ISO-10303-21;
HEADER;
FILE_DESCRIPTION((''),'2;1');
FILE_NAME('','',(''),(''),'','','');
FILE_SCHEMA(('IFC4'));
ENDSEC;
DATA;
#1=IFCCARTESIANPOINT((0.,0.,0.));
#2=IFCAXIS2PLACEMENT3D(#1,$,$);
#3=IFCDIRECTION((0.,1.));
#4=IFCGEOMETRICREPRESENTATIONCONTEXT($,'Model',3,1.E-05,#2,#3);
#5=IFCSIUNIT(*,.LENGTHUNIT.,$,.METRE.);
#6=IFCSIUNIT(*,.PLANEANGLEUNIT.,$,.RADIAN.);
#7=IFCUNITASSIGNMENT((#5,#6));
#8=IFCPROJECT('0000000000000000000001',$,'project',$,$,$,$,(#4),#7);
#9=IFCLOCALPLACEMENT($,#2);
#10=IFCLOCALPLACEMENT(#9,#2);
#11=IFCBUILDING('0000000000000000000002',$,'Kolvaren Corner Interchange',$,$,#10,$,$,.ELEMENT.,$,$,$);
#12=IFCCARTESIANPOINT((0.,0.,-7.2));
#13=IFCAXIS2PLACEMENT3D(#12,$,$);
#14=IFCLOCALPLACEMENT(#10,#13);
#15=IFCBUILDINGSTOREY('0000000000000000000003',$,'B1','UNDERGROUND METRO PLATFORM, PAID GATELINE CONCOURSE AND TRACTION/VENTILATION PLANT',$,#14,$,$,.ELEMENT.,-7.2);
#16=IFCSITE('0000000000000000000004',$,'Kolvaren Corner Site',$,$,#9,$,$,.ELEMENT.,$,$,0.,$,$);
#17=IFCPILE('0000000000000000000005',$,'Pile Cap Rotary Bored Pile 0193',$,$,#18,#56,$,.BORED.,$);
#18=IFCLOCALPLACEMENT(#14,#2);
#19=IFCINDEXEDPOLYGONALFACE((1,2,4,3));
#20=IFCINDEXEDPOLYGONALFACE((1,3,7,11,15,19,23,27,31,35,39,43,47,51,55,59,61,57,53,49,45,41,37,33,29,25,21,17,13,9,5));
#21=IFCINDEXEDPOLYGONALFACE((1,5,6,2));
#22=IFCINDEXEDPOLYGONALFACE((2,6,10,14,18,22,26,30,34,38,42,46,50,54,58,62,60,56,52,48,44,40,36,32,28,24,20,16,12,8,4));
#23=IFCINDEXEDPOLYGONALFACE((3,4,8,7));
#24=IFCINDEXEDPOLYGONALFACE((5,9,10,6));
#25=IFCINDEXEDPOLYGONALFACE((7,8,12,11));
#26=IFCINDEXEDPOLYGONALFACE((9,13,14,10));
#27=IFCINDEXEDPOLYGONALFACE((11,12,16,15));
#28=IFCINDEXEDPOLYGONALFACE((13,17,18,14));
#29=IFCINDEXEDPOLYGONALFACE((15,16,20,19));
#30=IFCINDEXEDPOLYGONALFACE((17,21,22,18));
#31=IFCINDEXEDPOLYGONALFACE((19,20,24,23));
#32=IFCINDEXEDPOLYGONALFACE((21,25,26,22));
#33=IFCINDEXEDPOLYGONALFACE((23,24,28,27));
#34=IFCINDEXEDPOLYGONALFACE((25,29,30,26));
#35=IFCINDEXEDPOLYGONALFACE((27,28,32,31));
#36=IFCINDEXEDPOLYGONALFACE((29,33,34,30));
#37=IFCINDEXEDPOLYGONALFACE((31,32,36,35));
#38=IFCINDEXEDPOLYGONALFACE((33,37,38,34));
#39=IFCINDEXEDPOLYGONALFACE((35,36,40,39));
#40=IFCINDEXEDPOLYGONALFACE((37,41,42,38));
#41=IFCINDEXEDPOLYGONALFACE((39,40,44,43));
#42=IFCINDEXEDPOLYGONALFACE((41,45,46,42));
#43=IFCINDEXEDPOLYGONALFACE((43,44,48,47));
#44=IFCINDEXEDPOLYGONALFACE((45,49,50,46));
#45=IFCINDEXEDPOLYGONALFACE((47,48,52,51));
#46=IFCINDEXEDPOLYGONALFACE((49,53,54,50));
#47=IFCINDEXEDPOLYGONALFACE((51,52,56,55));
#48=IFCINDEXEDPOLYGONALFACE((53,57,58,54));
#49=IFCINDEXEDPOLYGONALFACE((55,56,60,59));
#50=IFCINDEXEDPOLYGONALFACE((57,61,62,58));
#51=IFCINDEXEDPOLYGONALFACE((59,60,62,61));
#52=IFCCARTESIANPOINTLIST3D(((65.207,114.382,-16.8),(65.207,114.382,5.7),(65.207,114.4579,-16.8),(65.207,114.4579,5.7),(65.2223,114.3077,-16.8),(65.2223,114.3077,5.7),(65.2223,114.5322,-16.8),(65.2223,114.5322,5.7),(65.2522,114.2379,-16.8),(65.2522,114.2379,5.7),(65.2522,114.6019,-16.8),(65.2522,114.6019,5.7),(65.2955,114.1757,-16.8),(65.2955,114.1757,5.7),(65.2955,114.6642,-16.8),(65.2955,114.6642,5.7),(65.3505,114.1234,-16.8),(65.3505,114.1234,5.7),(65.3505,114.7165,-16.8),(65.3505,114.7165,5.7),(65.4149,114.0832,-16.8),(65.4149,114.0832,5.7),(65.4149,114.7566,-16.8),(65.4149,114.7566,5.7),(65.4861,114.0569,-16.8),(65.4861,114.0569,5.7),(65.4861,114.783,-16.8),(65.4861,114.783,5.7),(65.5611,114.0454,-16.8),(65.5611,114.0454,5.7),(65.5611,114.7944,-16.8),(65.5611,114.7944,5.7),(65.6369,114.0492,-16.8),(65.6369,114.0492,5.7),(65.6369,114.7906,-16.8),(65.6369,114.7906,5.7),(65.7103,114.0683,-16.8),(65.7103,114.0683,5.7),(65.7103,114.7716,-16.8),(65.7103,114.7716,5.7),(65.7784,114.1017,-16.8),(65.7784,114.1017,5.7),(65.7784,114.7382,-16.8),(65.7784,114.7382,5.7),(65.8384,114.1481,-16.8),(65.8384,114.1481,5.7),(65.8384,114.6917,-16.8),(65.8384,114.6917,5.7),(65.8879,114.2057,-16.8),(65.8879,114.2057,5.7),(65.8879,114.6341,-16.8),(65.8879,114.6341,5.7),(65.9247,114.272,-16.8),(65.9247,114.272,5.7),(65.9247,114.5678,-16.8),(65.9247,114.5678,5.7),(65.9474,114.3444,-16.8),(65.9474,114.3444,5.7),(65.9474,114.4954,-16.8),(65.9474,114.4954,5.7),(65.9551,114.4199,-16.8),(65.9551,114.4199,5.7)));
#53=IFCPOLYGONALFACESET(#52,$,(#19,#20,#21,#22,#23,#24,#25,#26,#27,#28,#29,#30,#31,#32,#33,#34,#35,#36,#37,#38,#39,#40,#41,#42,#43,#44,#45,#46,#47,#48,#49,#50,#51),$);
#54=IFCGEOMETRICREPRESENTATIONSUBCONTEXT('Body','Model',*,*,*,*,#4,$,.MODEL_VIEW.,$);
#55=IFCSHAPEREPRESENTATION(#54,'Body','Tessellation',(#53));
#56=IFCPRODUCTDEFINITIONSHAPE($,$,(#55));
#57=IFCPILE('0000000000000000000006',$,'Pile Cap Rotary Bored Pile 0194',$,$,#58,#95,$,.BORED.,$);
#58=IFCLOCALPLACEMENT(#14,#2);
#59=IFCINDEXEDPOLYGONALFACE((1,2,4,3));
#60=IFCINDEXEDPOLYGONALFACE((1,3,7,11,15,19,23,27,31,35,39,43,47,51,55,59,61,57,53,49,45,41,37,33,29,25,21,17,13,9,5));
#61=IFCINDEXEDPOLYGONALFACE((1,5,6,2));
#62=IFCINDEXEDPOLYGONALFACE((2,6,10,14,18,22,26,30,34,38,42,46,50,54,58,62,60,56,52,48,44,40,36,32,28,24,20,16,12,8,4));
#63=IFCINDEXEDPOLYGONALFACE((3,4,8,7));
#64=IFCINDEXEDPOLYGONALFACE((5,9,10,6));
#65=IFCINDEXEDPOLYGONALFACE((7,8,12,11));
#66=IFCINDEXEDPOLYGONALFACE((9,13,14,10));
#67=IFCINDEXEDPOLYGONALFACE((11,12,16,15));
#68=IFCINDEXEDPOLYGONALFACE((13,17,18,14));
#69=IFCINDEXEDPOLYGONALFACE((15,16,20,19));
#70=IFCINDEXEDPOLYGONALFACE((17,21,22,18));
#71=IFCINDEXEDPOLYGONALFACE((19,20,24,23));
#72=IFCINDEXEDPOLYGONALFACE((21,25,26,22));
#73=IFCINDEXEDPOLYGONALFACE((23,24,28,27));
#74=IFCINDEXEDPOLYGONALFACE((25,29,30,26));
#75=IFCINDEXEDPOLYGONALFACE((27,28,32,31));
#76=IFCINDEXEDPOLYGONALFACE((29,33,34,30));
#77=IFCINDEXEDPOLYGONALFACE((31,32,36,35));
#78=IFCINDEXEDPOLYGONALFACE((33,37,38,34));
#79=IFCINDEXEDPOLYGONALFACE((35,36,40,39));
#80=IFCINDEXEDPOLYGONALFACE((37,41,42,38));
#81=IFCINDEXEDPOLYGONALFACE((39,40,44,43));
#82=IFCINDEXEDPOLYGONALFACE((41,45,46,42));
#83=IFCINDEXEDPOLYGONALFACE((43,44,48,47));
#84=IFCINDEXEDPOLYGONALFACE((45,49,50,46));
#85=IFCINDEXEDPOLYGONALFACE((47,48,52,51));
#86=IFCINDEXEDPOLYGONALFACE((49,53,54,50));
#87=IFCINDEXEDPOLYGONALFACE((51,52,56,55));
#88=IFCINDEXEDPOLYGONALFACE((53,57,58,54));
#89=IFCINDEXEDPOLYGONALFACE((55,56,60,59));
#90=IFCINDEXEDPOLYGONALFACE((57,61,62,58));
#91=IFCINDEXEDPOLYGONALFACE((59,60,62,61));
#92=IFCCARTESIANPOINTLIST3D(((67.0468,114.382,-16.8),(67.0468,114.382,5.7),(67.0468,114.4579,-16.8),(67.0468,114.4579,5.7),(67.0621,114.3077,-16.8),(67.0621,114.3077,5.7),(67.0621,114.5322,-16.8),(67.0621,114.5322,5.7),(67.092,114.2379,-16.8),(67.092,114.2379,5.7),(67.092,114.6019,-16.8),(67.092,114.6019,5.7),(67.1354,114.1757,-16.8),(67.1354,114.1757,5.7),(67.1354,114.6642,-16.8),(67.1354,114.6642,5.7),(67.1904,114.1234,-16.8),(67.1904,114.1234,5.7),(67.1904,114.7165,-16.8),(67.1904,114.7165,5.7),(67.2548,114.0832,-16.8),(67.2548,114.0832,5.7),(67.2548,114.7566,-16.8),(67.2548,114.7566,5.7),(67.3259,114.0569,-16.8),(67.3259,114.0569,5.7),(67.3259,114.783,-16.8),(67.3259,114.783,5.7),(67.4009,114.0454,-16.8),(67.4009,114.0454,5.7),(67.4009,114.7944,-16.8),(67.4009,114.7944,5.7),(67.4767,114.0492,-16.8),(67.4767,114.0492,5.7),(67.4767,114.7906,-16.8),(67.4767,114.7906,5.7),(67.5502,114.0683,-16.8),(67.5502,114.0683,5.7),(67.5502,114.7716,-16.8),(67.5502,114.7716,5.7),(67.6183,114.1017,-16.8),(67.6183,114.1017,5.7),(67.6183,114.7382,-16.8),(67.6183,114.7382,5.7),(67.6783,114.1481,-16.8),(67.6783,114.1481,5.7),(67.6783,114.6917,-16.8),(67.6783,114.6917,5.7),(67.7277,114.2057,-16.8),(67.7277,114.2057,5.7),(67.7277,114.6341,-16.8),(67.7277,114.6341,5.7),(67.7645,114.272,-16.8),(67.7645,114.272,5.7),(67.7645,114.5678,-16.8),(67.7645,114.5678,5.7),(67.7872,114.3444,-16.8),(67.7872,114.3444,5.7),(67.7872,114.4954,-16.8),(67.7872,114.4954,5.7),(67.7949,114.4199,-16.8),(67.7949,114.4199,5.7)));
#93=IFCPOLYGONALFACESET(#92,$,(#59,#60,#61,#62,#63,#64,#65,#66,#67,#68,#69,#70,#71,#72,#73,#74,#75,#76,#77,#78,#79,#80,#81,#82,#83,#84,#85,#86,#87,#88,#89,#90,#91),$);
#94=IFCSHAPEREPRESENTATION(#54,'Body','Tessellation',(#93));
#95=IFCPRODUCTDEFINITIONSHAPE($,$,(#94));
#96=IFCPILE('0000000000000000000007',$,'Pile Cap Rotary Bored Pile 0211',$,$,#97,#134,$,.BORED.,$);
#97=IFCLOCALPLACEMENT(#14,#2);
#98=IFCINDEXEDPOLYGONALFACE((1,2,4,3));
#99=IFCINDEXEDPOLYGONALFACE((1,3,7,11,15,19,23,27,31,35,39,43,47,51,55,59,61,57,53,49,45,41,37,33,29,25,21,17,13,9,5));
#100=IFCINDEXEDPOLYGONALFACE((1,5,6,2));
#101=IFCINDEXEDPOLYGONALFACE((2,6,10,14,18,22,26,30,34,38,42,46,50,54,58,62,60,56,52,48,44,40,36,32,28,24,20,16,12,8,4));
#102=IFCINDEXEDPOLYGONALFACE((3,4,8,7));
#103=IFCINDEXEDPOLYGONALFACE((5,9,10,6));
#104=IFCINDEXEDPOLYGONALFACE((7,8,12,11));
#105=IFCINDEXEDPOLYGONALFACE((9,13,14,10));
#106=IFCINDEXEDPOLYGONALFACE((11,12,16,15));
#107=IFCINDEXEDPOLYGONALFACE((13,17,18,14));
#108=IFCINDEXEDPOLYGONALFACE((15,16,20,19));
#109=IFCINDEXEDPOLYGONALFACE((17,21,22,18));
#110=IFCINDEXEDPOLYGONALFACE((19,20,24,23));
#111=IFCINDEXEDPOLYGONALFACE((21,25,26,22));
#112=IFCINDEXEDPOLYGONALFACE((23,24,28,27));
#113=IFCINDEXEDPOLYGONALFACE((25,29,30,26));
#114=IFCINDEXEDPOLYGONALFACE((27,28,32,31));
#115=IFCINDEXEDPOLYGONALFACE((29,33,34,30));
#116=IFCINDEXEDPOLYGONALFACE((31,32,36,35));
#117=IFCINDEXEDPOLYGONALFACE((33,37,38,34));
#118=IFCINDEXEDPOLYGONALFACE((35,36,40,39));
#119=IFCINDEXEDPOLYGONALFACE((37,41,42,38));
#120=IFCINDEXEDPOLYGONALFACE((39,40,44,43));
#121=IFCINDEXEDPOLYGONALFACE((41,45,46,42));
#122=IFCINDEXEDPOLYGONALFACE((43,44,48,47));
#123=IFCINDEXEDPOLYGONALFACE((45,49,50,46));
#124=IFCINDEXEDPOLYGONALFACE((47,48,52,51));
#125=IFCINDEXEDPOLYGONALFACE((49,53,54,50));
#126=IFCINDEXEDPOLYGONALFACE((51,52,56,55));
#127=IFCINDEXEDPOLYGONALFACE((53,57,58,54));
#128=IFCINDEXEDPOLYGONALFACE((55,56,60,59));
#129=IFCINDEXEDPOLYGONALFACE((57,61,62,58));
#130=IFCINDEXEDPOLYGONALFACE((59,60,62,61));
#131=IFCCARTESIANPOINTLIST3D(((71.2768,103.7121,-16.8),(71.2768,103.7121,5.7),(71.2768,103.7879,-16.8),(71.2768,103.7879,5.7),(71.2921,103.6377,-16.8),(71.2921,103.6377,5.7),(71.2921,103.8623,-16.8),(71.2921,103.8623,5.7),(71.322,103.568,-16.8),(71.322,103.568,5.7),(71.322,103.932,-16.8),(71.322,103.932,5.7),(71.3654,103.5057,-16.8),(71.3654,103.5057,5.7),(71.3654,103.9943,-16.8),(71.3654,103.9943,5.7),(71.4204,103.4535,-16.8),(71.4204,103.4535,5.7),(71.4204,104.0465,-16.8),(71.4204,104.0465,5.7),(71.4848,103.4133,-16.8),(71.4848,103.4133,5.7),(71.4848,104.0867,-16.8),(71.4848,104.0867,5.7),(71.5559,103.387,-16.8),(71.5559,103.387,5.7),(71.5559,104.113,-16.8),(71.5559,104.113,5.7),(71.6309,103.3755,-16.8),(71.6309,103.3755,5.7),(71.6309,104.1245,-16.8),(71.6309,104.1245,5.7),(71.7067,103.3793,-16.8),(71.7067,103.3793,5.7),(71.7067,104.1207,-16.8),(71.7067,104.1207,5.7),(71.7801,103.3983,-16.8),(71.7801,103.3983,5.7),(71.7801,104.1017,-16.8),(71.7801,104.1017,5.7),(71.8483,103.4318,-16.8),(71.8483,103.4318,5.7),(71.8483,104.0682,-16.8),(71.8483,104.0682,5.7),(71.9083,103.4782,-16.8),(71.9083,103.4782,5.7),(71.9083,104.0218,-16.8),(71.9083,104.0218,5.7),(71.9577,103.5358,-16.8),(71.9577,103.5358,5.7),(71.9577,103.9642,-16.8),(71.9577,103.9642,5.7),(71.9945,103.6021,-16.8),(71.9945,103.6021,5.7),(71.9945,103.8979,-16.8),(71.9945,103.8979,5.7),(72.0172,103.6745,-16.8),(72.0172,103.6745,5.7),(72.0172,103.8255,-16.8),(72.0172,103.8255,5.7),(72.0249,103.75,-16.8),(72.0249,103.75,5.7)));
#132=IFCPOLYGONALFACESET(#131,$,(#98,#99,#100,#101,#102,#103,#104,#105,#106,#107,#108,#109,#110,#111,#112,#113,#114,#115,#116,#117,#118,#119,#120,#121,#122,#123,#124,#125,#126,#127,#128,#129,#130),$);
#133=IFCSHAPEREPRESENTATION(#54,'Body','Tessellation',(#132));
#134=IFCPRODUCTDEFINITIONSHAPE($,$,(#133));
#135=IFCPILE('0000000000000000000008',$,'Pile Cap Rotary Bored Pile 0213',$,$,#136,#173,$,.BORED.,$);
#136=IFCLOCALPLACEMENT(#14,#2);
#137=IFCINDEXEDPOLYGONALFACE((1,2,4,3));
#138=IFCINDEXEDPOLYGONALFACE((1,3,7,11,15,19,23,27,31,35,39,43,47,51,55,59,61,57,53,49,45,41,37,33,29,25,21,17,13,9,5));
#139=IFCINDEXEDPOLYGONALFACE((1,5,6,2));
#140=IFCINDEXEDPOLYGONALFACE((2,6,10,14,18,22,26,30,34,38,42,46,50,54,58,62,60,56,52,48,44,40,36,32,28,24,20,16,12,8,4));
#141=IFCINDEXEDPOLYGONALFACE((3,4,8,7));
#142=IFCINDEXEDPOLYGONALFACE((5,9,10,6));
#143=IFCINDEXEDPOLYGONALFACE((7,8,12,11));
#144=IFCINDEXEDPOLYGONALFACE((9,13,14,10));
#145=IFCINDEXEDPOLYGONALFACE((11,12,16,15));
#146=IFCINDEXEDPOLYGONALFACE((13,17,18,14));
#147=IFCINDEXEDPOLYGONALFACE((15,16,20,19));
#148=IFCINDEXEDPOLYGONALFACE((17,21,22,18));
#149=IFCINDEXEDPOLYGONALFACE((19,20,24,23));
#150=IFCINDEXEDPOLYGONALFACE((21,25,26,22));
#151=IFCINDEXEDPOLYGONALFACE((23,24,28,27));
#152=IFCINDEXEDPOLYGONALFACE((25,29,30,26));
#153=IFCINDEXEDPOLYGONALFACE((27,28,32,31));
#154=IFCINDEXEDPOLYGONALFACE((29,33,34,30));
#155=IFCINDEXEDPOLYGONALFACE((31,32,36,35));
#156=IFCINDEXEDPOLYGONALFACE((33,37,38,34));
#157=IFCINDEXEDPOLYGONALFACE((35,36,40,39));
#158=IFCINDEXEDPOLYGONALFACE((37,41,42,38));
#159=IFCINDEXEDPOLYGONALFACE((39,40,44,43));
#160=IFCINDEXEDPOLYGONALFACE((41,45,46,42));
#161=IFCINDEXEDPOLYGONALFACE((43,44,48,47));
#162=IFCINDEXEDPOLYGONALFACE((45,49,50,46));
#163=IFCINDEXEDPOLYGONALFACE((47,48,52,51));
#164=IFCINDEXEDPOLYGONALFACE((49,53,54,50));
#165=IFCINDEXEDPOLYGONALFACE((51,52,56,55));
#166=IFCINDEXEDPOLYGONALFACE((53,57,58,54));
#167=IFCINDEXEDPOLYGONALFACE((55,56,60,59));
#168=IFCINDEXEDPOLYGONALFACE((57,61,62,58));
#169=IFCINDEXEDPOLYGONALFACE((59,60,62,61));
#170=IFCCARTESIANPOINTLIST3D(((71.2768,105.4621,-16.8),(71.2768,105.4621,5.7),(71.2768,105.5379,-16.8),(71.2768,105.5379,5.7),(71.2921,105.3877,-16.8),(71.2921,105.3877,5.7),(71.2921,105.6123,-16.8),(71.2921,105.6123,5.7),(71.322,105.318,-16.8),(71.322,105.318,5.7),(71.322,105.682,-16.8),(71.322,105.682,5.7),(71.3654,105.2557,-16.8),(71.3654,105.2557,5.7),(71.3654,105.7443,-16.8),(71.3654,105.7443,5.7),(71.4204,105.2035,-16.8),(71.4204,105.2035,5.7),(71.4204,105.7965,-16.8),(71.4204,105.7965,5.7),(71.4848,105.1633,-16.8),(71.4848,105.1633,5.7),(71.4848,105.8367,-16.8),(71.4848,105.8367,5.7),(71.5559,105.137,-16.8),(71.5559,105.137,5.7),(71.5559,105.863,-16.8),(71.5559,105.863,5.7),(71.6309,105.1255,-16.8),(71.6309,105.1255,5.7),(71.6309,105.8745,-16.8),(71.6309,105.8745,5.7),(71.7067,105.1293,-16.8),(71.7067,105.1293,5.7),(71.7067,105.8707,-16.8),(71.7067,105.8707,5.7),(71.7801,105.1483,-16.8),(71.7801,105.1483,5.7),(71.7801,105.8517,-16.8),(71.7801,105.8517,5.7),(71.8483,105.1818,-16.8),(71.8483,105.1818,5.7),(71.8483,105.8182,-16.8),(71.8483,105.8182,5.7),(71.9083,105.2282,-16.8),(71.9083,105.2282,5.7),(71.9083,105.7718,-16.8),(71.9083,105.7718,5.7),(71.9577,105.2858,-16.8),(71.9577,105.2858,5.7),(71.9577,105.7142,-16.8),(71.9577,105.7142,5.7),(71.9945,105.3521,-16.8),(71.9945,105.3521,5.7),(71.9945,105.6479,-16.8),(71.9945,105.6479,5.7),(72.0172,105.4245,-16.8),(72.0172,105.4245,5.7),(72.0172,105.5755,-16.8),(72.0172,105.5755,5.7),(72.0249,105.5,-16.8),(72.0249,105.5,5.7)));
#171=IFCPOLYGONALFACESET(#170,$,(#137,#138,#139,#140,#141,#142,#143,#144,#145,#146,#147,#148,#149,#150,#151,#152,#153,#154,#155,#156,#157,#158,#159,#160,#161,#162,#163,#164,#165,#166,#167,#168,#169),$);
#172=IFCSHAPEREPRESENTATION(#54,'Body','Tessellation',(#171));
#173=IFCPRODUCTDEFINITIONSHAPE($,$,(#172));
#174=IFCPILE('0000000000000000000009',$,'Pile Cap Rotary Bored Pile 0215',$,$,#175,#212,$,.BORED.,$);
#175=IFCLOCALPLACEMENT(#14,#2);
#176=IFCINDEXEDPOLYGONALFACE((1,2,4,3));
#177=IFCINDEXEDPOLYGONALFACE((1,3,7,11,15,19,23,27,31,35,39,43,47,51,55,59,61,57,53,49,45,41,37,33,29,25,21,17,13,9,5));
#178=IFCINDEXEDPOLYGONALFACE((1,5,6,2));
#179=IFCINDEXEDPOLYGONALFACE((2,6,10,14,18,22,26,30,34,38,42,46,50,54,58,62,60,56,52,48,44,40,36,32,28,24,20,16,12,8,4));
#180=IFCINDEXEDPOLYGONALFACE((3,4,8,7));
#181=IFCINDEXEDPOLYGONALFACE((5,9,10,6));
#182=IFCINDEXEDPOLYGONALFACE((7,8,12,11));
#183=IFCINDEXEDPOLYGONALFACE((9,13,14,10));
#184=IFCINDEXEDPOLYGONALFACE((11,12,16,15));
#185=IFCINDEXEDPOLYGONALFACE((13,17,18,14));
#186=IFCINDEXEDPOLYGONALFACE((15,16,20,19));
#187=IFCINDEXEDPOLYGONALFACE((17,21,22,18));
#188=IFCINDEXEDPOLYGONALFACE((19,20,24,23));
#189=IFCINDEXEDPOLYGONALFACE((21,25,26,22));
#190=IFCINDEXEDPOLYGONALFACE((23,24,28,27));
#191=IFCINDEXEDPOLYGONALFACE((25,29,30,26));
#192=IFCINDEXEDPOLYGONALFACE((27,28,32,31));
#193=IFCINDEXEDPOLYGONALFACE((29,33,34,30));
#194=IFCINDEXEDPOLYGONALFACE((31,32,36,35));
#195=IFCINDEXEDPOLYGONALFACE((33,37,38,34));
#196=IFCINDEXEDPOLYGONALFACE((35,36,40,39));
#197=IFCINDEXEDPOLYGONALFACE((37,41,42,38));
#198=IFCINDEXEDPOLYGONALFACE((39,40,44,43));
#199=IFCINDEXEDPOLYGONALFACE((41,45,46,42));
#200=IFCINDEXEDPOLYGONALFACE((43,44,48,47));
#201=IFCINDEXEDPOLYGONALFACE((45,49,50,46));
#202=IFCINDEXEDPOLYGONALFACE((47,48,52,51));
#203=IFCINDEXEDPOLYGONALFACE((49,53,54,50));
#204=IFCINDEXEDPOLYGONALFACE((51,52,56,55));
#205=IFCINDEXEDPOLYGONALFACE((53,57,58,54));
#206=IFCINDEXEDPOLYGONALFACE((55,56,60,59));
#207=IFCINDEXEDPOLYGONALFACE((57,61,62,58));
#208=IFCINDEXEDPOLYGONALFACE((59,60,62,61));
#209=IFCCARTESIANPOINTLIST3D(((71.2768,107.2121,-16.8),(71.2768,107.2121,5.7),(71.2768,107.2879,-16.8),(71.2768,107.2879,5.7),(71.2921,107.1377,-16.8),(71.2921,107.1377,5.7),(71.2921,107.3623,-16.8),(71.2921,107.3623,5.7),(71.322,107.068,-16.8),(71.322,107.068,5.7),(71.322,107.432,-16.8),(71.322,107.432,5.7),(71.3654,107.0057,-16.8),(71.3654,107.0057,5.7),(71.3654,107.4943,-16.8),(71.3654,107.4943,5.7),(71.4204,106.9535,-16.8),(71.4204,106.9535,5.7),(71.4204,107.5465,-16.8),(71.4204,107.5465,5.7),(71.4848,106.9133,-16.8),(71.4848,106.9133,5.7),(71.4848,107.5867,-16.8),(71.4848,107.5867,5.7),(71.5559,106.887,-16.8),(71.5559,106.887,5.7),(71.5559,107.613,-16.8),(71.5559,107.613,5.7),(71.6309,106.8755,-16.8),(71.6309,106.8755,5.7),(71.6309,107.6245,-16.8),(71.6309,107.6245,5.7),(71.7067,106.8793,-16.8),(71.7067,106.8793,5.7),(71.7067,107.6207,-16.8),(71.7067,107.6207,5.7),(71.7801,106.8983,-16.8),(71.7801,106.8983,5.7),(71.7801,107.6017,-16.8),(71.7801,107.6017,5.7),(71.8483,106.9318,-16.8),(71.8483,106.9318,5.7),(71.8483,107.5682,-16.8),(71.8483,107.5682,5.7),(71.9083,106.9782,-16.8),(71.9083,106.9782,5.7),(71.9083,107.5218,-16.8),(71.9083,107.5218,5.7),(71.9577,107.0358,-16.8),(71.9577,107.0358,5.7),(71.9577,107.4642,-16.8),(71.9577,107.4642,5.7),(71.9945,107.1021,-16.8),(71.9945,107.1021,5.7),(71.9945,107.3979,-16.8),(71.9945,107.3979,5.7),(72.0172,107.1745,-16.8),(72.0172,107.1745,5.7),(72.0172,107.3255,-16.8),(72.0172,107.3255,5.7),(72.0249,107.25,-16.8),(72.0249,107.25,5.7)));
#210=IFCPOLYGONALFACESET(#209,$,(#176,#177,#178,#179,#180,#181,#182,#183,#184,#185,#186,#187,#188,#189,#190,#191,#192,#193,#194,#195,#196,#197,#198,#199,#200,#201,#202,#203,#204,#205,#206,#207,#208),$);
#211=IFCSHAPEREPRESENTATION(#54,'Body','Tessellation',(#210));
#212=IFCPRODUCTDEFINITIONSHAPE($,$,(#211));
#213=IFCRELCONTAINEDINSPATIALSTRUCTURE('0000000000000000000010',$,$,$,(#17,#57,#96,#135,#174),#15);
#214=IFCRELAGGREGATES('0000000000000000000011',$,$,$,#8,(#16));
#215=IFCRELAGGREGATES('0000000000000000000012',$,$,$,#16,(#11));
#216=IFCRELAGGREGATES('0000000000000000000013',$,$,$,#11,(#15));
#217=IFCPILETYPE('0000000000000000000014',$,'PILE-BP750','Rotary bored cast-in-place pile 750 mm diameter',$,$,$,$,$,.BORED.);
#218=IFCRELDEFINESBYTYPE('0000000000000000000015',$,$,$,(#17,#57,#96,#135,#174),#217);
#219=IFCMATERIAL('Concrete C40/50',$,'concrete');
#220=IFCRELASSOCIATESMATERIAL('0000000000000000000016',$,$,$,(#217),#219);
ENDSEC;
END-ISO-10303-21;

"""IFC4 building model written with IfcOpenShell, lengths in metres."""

from ifc_helpers import new_model, si_unit, direction, frame, origin, origin_2d, place, context, subcontext, project, spatial, circle, extrude, material, material_profile, profile_set, type_object, element, save


model = new_model("IFC4")

# Units and contexts
model_context = context("Model", 3, precision=1e-05, world=origin(), true_north=direction((0.0, 1.0)))
body_context = subcontext(model_context, "Body", "Model", "MODEL_VIEW")
ifc_project = project(units=[si_unit("LENGTHUNIT", "METRE"), si_unit("PLANEANGLEUNIT", "RADIAN")], contexts=[model_context])

# Site, building, storey
site_placement = place(None, origin())
site = spatial("IfcSite", under=ifc_project, at=site_placement, Name="Kolvaren Corner Site", CompositionType="ELEMENT", RefElevation=0.0)
building_placement = place(site_placement, origin())
building = spatial("IfcBuilding", under=site, at=building_placement, Name="Kolvaren Corner Interchange", CompositionType="ELEMENT")
storey_placement = place(building_placement, frame((0.0, 0.0, -7.2)))
storey = spatial("IfcBuildingStorey", under=building, at=storey_placement, Name="B1", Description="UNDERGROUND METRO PLATFORM, PAID GATELINE CONCOURSE AND TRACTION/VENTILATION PLANT", CompositionType="ELEMENT", Elevation=-7.2)

# Piles
ifc_material_1 = material(Name="Concrete C40/50", Category="concrete")
ifc_material_profile_1 = material_profile(ifc_material_1, circle(Radius=0.375, at=origin_2d()), Name="BORED PILE 750")
ifc_profile_set_1 = profile_set([ifc_material_profile_1], Name="Concrete C40/50")
pile_type_1 = type_object("IfcPileType", Name="PILE-BP750", Description="Rotary bored cast-in-place pile 750 mm diameter", PredefinedType="BORED", material=ifc_profile_set_1)
for number, where, z_axis, x_axis, name in (
    (1, (65.5801, 114.4199, 5.7), (0.0, 0.0, -1.0), (1.0, 0.0, 0.0), "Pile Cap Rotary Bored Pile 0193"),
    (2, (67.4199, 114.4199, 5.7), (0.0, 0.0, -1.0), (1.0, 0.0, 0.0), "Pile Cap Rotary Bored Pile 0194"),
    (3, (71.6499, 103.75, 5.7), (0.0, 0.0, -1.0), (1.0, 0.0, 0.0), "Pile Cap Rotary Bored Pile 0211"),
    (4, (71.6499, 105.5, 5.7), (0.0, 0.0, -1.0), (1.0, 0.0, 0.0), "Pile Cap Rotary Bored Pile 0213"),
    (5, (71.6499, 107.25, 5.7), (0.0, 0.0, -1.0), (1.0, 0.0, 0.0), "Pile Cap Rotary Bored Pile 0215"),
):
    element("IfcPile", number, at=place(storey_placement, frame(where, z_axis=z_axis, x_axis=x_axis)), inside=storey, type_object=pile_type_1, Name=name, PredefinedType="BORED", context=body_context, shape_type="SweptSolid", body=[
        extrude(circle(Radius=0.375, at=origin_2d()), origin(), (0.0, 0.0, 1.0), 22.5),
    ])

save(model, "model.ifc")
